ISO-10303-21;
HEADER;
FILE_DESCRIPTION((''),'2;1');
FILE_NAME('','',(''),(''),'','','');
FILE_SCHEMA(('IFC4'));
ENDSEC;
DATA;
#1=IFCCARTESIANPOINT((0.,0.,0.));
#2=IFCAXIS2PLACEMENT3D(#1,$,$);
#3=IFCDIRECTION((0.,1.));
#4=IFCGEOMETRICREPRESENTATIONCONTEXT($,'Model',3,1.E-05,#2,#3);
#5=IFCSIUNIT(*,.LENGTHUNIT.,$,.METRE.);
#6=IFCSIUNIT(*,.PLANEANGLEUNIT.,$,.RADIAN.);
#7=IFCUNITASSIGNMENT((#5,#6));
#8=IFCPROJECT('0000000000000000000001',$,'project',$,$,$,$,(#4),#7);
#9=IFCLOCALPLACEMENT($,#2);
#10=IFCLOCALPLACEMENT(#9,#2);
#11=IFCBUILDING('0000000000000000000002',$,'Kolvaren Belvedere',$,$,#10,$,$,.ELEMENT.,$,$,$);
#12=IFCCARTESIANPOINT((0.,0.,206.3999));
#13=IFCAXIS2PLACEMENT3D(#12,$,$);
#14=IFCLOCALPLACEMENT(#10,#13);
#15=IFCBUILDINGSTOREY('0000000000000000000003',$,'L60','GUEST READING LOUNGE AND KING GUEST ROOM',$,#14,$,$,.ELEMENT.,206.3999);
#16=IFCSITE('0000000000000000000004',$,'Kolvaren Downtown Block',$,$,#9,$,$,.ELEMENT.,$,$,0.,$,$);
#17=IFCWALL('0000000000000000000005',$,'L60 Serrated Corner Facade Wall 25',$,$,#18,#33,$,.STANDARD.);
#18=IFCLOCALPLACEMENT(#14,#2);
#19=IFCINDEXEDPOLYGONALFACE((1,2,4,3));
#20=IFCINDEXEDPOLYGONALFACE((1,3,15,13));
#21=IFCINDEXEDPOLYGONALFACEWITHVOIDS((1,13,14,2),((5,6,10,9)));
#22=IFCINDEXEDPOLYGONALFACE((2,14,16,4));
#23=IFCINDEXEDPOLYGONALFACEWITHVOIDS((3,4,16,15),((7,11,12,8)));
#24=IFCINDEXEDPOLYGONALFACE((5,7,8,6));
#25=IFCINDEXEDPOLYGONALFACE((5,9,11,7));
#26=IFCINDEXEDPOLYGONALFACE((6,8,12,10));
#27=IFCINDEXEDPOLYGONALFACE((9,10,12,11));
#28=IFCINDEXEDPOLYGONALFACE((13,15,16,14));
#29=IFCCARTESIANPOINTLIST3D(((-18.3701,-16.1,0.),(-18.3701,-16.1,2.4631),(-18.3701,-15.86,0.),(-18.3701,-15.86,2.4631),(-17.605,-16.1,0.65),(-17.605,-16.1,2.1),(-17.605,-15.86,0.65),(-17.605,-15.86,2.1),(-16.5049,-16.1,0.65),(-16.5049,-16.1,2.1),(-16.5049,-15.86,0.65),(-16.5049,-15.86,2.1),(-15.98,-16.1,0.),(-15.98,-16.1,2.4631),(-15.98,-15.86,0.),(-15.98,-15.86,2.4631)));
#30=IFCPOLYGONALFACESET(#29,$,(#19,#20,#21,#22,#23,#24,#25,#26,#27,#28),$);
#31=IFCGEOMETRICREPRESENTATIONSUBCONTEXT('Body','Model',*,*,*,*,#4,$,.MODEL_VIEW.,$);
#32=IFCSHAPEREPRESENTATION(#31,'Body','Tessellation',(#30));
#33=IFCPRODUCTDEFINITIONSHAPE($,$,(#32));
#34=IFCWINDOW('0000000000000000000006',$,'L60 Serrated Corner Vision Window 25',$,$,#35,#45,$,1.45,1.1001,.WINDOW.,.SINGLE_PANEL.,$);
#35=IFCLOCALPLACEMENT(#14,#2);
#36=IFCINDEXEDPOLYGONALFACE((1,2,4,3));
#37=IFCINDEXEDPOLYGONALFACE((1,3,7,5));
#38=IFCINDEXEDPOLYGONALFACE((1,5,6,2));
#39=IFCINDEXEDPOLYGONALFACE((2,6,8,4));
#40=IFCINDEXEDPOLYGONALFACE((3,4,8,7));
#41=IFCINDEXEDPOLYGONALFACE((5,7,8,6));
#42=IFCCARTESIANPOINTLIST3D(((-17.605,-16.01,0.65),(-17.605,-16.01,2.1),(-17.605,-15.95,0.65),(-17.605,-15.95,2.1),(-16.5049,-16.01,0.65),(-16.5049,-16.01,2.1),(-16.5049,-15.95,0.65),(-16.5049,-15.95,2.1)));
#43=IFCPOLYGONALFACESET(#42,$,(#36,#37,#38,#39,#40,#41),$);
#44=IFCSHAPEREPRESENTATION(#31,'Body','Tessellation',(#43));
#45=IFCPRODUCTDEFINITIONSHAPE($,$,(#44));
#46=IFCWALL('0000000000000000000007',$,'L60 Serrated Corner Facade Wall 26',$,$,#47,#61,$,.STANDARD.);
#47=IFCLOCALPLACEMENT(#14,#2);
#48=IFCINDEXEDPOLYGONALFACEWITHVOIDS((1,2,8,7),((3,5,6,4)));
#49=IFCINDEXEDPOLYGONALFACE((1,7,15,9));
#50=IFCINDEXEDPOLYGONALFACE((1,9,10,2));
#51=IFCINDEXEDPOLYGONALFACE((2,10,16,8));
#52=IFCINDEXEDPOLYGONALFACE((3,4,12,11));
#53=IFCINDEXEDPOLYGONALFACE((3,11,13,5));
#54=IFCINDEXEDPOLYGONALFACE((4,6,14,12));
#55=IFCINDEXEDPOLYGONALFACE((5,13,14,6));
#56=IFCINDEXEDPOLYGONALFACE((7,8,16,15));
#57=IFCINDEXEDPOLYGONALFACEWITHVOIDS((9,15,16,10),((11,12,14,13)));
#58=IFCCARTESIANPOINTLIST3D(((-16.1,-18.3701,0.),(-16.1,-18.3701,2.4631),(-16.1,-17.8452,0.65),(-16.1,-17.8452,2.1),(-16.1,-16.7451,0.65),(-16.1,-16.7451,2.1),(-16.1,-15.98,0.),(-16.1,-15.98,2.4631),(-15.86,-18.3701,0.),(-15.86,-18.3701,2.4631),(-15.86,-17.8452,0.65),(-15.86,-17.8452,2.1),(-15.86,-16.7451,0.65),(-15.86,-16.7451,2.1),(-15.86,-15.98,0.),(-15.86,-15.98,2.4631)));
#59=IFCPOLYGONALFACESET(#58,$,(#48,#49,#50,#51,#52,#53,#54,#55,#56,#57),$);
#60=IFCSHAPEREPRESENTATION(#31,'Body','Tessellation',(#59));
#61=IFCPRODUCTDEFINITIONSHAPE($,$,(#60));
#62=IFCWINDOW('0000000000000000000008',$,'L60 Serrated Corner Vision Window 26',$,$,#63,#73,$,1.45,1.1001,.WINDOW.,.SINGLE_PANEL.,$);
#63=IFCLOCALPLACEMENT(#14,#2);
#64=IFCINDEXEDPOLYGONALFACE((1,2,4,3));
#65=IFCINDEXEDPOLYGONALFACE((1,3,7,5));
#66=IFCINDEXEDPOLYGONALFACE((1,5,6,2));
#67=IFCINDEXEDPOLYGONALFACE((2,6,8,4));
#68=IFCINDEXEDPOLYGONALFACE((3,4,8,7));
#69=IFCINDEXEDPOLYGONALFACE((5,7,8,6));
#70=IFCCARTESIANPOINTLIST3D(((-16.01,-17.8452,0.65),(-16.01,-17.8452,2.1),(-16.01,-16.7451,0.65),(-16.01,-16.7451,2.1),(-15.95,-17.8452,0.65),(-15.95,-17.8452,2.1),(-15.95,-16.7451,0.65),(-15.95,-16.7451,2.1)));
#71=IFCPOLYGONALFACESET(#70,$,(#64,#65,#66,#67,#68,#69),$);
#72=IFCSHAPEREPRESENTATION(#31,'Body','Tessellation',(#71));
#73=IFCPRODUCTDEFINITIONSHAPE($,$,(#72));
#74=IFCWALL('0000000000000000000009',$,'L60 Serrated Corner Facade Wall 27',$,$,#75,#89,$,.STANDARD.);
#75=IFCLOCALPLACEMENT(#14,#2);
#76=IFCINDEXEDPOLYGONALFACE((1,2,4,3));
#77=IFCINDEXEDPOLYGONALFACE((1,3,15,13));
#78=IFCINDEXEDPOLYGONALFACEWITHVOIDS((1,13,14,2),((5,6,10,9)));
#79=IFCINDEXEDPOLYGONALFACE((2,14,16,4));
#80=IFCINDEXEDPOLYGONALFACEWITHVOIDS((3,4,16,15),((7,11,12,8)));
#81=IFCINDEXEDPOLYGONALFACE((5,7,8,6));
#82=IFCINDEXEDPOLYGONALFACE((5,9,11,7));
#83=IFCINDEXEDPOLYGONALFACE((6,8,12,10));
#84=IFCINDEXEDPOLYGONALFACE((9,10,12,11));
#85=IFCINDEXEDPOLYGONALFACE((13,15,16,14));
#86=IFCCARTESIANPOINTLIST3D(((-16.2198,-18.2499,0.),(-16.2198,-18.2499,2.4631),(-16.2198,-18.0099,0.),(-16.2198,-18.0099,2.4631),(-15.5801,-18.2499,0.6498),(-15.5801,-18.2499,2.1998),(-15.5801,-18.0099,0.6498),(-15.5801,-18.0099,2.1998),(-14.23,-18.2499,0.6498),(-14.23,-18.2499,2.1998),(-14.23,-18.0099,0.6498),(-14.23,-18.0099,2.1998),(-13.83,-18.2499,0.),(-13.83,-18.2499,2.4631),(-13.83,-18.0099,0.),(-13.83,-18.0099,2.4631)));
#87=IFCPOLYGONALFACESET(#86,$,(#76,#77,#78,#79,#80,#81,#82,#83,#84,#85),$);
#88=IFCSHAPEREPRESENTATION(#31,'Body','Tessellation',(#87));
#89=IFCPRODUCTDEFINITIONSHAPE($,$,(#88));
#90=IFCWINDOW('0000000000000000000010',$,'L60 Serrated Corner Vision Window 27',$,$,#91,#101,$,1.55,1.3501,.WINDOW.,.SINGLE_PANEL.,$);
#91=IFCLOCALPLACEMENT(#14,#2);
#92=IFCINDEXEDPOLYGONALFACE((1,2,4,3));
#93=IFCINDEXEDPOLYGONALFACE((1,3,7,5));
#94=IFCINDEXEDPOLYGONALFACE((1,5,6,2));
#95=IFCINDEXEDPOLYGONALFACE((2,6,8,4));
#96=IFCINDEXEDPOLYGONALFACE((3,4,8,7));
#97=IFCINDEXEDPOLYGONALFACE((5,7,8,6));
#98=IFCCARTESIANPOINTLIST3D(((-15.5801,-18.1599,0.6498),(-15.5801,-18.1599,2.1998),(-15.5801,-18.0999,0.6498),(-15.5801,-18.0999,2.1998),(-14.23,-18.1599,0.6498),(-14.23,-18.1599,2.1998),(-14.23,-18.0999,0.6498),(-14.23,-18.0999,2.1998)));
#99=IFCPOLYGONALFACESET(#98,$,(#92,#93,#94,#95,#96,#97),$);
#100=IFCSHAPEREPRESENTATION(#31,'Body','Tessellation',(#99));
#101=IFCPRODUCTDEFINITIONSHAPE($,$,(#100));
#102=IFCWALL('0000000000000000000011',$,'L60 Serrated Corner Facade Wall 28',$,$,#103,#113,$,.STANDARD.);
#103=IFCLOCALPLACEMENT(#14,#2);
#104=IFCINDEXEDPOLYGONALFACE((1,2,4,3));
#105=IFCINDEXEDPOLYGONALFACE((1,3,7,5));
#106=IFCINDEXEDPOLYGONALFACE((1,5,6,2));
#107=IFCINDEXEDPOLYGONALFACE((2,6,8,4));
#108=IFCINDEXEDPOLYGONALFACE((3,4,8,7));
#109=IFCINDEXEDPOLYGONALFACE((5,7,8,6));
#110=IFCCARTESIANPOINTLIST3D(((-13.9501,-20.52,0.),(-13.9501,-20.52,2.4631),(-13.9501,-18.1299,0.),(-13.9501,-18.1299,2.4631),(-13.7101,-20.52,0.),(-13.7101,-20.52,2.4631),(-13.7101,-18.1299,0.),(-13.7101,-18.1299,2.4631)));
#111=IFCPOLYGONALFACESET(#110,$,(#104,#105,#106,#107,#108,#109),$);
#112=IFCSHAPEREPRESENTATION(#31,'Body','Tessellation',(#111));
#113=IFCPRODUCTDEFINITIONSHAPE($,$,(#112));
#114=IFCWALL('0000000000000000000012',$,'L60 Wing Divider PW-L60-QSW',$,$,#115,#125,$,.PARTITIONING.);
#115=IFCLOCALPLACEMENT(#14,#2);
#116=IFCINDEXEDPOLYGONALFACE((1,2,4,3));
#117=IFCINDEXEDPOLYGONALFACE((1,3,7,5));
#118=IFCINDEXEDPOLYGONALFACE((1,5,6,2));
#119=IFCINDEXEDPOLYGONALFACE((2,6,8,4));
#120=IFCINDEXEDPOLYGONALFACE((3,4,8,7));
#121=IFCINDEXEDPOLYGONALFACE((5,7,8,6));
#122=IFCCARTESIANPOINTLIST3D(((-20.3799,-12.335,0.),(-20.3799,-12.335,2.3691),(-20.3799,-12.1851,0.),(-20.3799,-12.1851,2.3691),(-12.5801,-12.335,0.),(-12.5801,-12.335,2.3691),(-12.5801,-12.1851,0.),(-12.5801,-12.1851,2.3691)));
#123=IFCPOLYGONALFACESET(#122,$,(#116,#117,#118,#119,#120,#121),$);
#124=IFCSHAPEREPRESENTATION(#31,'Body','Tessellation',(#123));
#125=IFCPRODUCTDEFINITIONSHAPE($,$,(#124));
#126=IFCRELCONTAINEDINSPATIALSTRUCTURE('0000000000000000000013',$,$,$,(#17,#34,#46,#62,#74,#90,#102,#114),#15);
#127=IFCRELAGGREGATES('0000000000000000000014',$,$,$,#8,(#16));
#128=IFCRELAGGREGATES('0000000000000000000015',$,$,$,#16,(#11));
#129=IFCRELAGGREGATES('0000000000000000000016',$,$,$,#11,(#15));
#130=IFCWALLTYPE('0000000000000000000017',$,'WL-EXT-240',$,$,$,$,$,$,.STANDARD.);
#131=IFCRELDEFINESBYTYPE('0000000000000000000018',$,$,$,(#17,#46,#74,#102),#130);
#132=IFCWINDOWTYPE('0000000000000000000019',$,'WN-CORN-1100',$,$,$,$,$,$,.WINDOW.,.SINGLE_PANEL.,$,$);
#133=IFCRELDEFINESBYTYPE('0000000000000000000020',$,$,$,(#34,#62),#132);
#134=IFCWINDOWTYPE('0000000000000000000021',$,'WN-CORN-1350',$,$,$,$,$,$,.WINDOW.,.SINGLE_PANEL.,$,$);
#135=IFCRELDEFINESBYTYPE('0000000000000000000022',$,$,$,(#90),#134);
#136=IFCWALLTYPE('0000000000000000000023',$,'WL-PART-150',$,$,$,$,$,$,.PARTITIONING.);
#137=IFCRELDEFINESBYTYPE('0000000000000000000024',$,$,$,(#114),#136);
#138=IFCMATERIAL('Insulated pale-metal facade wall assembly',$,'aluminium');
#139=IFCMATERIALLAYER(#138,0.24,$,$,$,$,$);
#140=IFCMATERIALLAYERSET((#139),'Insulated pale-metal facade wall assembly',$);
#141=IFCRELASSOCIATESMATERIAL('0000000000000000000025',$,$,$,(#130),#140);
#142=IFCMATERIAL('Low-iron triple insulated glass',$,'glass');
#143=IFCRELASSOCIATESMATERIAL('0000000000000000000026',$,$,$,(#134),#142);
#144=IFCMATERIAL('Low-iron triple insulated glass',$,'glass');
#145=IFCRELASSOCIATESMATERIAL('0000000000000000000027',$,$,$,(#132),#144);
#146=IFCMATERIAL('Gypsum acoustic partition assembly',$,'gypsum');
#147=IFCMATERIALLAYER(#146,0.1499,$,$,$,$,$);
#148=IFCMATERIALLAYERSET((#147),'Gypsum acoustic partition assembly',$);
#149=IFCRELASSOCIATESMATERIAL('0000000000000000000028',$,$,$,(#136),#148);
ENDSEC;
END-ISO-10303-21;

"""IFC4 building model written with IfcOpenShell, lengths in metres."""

from ifc_helpers import new_model, si_unit, direction, frame, frame_2d, origin, place, context, subcontext, project, spatial, rectangle, extrude, material, layer, layer_set, type_object, element, fill, save


model = new_model("IFC4")

# Units and contexts
model_context = context("Model", 3, precision=1e-05, world=origin(), true_north=direction((0.0, 1.0)))
body_context = subcontext(model_context, "Body", "Model", "MODEL_VIEW")
ifc_project = project(units=[si_unit("LENGTHUNIT", "METRE"), si_unit("PLANEANGLEUNIT", "RADIAN")], contexts=[model_context])

# Site, building, storey
site_placement = place(None, origin())
site = spatial("IfcSite", under=ifc_project, at=site_placement, Name="Kolvaren Downtown Block", CompositionType="ELEMENT", RefElevation=0.0)
building_placement = place(site_placement, origin())
building = spatial("IfcBuilding", under=site, at=building_placement, Name="Kolvaren Belvedere", CompositionType="ELEMENT")
storey_placement = place(building_placement, frame((0.0, 0.0, 206.3999)))
storey = spatial("IfcBuildingStorey", under=building, at=storey_placement, Name="L60", Description="GUEST READING LOUNGE AND KING GUEST ROOM", CompositionType="ELEMENT", Elevation=206.3999)

# Shared definitions
ifc_material_1 = material(Name="Insulated pale-metal facade wall assembly", Category="aluminium")
ifc_layer_1 = layer(ifc_material_1, 0.24)
ifc_layer_set_1 = layer_set([ifc_layer_1], Name="Insulated pale-metal facade wall assembly")
wall_type_1 = type_object("IfcWallType", Name="WL-EXT-240", PredefinedType="STANDARD", material=ifc_layer_set_1)

# Walls, openings, windows
ifc_material_2 = material(Name="Low-iron triple insulated glass", Category="glass")
window_type_1 = type_object("IfcWindowType", Name="WN-CORN-1350", PartitioningType="SINGLE_PANEL", PredefinedType="WINDOW", material=ifc_material_2)
wall_1_placement = place(storey_placement, frame((-15.98, -15.98, 0.0), z_axis=(0.0, 0.0, 1.0), x_axis=(-1.0, 0.0, 0.0)))
wall_1 = element("IfcWall", 1, at=wall_1_placement, inside=storey, type_object=wall_type_1, Name="L60 Serrated Corner Facade Wall 25", PredefinedType="STANDARD", context=body_context, shape_type="SweptSolid", body=[
    extrude(rectangle(XDim=2.3901, YDim=0.24, at=frame_2d((1.1951, 0.0))), origin(), (0.0, 0.0, 1.0), 2.4631),
])
opening_1_placement = place(wall_1_placement, frame((0.5249, 0.0, 0.6499)))
opening_1 = element("IfcOpeningElement", 2, at=opening_1_placement, cuts=wall_1, PredefinedType="OPENING", context=body_context, shape_type="SweptSolid", body=[
    extrude(rectangle(XDim=1.1001, YDim=1.45, at=frame_2d((0.55, 0.7251))), frame((0.0, 0.1299, 0.0), z_axis=(0.0, -1.0, 0.0), x_axis=(1.0, 0.0, 0.0)), (0.0, 0.0, 1.0), 0.26),
])
ifc_material_3 = material(Name="Low-iron triple insulated glass", Category="glass")
window_type_2 = type_object("IfcWindowType", Name="WN-CORN-1100", PartitioningType="SINGLE_PANEL", PredefinedType="WINDOW", material=ifc_material_3)
window_1_placement = place(opening_1_placement, origin())
window_1 = element("IfcWindow", 3, at=window_1_placement, inside=storey, type_object=window_type_2, Name="L60 Serrated Corner Vision Window 25", OverallHeight=1.45, OverallWidth=1.1001, PartitioningType="SINGLE_PANEL", PredefinedType="WINDOW", context=body_context, shape_type="SweptSolid", body=[
    extrude(rectangle(XDim=1.1001, YDim=1.45, at=frame_2d((0.55, 0.7251))), frame((0.0, 0.03, 0.0), z_axis=(0.0, -1.0, 0.0), x_axis=(1.0, 0.0, 0.0)), (0.0, 0.0, 1.0), 0.0601),
])
fill(opening_1, window_1)
wall_2_placement = place(storey_placement, frame((-15.98, -18.3701, 0.0), z_axis=(0.0, 0.0, 1.0), x_axis=(0.0, 1.0, 0.0)))
wall_2 = element("IfcWall", 4, at=wall_2_placement, inside=storey, type_object=wall_type_1, Name="L60 Serrated Corner Facade Wall 26", PredefinedType="STANDARD", context=body_context, shape_type="SweptSolid", body=[
    extrude(rectangle(XDim=2.3901, YDim=0.24, at=frame_2d((1.1951, 0.0))), origin(), (0.0, 0.0, 1.0), 2.4631),
])
opening_2_placement = place(wall_2_placement, frame((0.5249, 0.0, 0.6499)))
opening_2 = element("IfcOpeningElement", 5, at=opening_2_placement, cuts=wall_2, PredefinedType="OPENING", context=body_context, shape_type="SweptSolid", body=[
    extrude(rectangle(XDim=1.1001, YDim=1.45, at=frame_2d((0.55, 0.7251))), frame((0.0, 0.1299, 0.0), z_axis=(0.0, -1.0, 0.0), x_axis=(1.0, 0.0, 0.0)), (0.0, 0.0, 1.0), 0.26),
])
window_2_placement = place(opening_2_placement, origin())
window_2 = element("IfcWindow", 6, at=window_2_placement, inside=storey, type_object=window_type_2, Name="L60 Serrated Corner Vision Window 26", OverallHeight=1.45, OverallWidth=1.1001, PartitioningType="SINGLE_PANEL", PredefinedType="WINDOW", context=body_context, shape_type="SweptSolid", body=[
    extrude(rectangle(XDim=1.1001, YDim=1.45, at=frame_2d((0.55, 0.7251))), frame((0.0, 0.03, 0.0), z_axis=(0.0, -1.0, 0.0), x_axis=(1.0, 0.0, 0.0)), (0.0, 0.0, 1.0), 0.0601),
])
fill(opening_2, window_2)
wall_3_placement = place(storey_placement, frame((-13.8301, -18.1299, 0.0), z_axis=(0.0, 0.0, 1.0), x_axis=(-1.0, 0.0, 0.0)))
wall_3 = element("IfcWall", 7, at=wall_3_placement, inside=storey, type_object=wall_type_1, Name="L60 Serrated Corner Facade Wall 27", PredefinedType="STANDARD", context=body_context, shape_type="SweptSolid", body=[
    extrude(rectangle(XDim=2.3899, YDim=0.24, at=frame_2d((1.1948, 0.0))), origin(), (0.0, 0.0, 1.0), 2.4631),
])
opening_3_placement = place(wall_3_placement, frame((0.3999, 0.0, 0.6499)))
opening_3 = element("IfcOpeningElement", 8, at=opening_3_placement, cuts=wall_3, PredefinedType="OPENING", context=body_context, shape_type="SweptSolid", body=[
    extrude(rectangle(XDim=1.3501, YDim=1.55, at=frame_2d((0.675, 0.7749))), frame((0.0, 0.1299, 0.0), z_axis=(0.0, -1.0, 0.0), x_axis=(1.0, 0.0, 0.0)), (0.0, 0.0, 1.0), 0.26),
])
window_3_placement = place(opening_3_placement, origin())
window_3 = element("IfcWindow", 9, at=window_3_placement, inside=storey, type_object=window_type_1, Name="L60 Serrated Corner Vision Window 27", OverallHeight=1.55, OverallWidth=1.3501, PartitioningType="SINGLE_PANEL", PredefinedType="WINDOW", context=body_context, shape_type="SweptSolid", body=[
    extrude(rectangle(XDim=1.3501, YDim=1.55, at=frame_2d((0.675, 0.7749))), frame((0.0, 0.03, 0.0), z_axis=(0.0, -1.0, 0.0), x_axis=(1.0, 0.0, 0.0)), (0.0, 0.0, 1.0), 0.0601),
])
fill(opening_3, window_3)

# Walls
wall_4_placement = place(storey_placement, frame((-13.8301, -20.52, 0.0), z_axis=(0.0, 0.0, 1.0), x_axis=(0.0, 1.0, 0.0)))
element("IfcWall", 10, at=wall_4_placement, inside=storey, type_object=wall_type_1, Name="L60 Serrated Corner Facade Wall 28", PredefinedType="STANDARD", context=body_context, shape_type="SweptSolid", body=[
    extrude(rectangle(XDim=2.3901, YDim=0.24, at=frame_2d((1.1951, 0.0))), origin(), (0.0, 0.0, 1.0), 2.4631),
])
ifc_material_4 = material(Name="Gypsum acoustic partition assembly", Category="gypsum")
ifc_layer_2 = layer(ifc_material_4, 0.1499)
ifc_layer_set_2 = layer_set([ifc_layer_2], Name="Gypsum acoustic partition assembly")
wall_type_2 = type_object("IfcWallType", Name="WL-PART-150", PredefinedType="PARTITIONING", material=ifc_layer_set_2)
wall_5_placement = place(storey_placement, frame((-20.3799, -12.26, 0.0), z_axis=(0.0, 0.0, 1.0), x_axis=(1.0, 0.0, 0.0)))
element("IfcWall", 11, at=wall_5_placement, inside=storey, type_object=wall_type_2, Name="L60 Wing Divider PW-L60-QSW", PredefinedType="PARTITIONING", context=body_context, shape_type="SweptSolid", body=[
    extrude(rectangle(XDim=7.7998, YDim=0.1499, at=frame_2d((3.8999, 0.0))), origin(), (0.0, 0.0, 1.0), 2.3691),
])

save(model, "model.ifc")
